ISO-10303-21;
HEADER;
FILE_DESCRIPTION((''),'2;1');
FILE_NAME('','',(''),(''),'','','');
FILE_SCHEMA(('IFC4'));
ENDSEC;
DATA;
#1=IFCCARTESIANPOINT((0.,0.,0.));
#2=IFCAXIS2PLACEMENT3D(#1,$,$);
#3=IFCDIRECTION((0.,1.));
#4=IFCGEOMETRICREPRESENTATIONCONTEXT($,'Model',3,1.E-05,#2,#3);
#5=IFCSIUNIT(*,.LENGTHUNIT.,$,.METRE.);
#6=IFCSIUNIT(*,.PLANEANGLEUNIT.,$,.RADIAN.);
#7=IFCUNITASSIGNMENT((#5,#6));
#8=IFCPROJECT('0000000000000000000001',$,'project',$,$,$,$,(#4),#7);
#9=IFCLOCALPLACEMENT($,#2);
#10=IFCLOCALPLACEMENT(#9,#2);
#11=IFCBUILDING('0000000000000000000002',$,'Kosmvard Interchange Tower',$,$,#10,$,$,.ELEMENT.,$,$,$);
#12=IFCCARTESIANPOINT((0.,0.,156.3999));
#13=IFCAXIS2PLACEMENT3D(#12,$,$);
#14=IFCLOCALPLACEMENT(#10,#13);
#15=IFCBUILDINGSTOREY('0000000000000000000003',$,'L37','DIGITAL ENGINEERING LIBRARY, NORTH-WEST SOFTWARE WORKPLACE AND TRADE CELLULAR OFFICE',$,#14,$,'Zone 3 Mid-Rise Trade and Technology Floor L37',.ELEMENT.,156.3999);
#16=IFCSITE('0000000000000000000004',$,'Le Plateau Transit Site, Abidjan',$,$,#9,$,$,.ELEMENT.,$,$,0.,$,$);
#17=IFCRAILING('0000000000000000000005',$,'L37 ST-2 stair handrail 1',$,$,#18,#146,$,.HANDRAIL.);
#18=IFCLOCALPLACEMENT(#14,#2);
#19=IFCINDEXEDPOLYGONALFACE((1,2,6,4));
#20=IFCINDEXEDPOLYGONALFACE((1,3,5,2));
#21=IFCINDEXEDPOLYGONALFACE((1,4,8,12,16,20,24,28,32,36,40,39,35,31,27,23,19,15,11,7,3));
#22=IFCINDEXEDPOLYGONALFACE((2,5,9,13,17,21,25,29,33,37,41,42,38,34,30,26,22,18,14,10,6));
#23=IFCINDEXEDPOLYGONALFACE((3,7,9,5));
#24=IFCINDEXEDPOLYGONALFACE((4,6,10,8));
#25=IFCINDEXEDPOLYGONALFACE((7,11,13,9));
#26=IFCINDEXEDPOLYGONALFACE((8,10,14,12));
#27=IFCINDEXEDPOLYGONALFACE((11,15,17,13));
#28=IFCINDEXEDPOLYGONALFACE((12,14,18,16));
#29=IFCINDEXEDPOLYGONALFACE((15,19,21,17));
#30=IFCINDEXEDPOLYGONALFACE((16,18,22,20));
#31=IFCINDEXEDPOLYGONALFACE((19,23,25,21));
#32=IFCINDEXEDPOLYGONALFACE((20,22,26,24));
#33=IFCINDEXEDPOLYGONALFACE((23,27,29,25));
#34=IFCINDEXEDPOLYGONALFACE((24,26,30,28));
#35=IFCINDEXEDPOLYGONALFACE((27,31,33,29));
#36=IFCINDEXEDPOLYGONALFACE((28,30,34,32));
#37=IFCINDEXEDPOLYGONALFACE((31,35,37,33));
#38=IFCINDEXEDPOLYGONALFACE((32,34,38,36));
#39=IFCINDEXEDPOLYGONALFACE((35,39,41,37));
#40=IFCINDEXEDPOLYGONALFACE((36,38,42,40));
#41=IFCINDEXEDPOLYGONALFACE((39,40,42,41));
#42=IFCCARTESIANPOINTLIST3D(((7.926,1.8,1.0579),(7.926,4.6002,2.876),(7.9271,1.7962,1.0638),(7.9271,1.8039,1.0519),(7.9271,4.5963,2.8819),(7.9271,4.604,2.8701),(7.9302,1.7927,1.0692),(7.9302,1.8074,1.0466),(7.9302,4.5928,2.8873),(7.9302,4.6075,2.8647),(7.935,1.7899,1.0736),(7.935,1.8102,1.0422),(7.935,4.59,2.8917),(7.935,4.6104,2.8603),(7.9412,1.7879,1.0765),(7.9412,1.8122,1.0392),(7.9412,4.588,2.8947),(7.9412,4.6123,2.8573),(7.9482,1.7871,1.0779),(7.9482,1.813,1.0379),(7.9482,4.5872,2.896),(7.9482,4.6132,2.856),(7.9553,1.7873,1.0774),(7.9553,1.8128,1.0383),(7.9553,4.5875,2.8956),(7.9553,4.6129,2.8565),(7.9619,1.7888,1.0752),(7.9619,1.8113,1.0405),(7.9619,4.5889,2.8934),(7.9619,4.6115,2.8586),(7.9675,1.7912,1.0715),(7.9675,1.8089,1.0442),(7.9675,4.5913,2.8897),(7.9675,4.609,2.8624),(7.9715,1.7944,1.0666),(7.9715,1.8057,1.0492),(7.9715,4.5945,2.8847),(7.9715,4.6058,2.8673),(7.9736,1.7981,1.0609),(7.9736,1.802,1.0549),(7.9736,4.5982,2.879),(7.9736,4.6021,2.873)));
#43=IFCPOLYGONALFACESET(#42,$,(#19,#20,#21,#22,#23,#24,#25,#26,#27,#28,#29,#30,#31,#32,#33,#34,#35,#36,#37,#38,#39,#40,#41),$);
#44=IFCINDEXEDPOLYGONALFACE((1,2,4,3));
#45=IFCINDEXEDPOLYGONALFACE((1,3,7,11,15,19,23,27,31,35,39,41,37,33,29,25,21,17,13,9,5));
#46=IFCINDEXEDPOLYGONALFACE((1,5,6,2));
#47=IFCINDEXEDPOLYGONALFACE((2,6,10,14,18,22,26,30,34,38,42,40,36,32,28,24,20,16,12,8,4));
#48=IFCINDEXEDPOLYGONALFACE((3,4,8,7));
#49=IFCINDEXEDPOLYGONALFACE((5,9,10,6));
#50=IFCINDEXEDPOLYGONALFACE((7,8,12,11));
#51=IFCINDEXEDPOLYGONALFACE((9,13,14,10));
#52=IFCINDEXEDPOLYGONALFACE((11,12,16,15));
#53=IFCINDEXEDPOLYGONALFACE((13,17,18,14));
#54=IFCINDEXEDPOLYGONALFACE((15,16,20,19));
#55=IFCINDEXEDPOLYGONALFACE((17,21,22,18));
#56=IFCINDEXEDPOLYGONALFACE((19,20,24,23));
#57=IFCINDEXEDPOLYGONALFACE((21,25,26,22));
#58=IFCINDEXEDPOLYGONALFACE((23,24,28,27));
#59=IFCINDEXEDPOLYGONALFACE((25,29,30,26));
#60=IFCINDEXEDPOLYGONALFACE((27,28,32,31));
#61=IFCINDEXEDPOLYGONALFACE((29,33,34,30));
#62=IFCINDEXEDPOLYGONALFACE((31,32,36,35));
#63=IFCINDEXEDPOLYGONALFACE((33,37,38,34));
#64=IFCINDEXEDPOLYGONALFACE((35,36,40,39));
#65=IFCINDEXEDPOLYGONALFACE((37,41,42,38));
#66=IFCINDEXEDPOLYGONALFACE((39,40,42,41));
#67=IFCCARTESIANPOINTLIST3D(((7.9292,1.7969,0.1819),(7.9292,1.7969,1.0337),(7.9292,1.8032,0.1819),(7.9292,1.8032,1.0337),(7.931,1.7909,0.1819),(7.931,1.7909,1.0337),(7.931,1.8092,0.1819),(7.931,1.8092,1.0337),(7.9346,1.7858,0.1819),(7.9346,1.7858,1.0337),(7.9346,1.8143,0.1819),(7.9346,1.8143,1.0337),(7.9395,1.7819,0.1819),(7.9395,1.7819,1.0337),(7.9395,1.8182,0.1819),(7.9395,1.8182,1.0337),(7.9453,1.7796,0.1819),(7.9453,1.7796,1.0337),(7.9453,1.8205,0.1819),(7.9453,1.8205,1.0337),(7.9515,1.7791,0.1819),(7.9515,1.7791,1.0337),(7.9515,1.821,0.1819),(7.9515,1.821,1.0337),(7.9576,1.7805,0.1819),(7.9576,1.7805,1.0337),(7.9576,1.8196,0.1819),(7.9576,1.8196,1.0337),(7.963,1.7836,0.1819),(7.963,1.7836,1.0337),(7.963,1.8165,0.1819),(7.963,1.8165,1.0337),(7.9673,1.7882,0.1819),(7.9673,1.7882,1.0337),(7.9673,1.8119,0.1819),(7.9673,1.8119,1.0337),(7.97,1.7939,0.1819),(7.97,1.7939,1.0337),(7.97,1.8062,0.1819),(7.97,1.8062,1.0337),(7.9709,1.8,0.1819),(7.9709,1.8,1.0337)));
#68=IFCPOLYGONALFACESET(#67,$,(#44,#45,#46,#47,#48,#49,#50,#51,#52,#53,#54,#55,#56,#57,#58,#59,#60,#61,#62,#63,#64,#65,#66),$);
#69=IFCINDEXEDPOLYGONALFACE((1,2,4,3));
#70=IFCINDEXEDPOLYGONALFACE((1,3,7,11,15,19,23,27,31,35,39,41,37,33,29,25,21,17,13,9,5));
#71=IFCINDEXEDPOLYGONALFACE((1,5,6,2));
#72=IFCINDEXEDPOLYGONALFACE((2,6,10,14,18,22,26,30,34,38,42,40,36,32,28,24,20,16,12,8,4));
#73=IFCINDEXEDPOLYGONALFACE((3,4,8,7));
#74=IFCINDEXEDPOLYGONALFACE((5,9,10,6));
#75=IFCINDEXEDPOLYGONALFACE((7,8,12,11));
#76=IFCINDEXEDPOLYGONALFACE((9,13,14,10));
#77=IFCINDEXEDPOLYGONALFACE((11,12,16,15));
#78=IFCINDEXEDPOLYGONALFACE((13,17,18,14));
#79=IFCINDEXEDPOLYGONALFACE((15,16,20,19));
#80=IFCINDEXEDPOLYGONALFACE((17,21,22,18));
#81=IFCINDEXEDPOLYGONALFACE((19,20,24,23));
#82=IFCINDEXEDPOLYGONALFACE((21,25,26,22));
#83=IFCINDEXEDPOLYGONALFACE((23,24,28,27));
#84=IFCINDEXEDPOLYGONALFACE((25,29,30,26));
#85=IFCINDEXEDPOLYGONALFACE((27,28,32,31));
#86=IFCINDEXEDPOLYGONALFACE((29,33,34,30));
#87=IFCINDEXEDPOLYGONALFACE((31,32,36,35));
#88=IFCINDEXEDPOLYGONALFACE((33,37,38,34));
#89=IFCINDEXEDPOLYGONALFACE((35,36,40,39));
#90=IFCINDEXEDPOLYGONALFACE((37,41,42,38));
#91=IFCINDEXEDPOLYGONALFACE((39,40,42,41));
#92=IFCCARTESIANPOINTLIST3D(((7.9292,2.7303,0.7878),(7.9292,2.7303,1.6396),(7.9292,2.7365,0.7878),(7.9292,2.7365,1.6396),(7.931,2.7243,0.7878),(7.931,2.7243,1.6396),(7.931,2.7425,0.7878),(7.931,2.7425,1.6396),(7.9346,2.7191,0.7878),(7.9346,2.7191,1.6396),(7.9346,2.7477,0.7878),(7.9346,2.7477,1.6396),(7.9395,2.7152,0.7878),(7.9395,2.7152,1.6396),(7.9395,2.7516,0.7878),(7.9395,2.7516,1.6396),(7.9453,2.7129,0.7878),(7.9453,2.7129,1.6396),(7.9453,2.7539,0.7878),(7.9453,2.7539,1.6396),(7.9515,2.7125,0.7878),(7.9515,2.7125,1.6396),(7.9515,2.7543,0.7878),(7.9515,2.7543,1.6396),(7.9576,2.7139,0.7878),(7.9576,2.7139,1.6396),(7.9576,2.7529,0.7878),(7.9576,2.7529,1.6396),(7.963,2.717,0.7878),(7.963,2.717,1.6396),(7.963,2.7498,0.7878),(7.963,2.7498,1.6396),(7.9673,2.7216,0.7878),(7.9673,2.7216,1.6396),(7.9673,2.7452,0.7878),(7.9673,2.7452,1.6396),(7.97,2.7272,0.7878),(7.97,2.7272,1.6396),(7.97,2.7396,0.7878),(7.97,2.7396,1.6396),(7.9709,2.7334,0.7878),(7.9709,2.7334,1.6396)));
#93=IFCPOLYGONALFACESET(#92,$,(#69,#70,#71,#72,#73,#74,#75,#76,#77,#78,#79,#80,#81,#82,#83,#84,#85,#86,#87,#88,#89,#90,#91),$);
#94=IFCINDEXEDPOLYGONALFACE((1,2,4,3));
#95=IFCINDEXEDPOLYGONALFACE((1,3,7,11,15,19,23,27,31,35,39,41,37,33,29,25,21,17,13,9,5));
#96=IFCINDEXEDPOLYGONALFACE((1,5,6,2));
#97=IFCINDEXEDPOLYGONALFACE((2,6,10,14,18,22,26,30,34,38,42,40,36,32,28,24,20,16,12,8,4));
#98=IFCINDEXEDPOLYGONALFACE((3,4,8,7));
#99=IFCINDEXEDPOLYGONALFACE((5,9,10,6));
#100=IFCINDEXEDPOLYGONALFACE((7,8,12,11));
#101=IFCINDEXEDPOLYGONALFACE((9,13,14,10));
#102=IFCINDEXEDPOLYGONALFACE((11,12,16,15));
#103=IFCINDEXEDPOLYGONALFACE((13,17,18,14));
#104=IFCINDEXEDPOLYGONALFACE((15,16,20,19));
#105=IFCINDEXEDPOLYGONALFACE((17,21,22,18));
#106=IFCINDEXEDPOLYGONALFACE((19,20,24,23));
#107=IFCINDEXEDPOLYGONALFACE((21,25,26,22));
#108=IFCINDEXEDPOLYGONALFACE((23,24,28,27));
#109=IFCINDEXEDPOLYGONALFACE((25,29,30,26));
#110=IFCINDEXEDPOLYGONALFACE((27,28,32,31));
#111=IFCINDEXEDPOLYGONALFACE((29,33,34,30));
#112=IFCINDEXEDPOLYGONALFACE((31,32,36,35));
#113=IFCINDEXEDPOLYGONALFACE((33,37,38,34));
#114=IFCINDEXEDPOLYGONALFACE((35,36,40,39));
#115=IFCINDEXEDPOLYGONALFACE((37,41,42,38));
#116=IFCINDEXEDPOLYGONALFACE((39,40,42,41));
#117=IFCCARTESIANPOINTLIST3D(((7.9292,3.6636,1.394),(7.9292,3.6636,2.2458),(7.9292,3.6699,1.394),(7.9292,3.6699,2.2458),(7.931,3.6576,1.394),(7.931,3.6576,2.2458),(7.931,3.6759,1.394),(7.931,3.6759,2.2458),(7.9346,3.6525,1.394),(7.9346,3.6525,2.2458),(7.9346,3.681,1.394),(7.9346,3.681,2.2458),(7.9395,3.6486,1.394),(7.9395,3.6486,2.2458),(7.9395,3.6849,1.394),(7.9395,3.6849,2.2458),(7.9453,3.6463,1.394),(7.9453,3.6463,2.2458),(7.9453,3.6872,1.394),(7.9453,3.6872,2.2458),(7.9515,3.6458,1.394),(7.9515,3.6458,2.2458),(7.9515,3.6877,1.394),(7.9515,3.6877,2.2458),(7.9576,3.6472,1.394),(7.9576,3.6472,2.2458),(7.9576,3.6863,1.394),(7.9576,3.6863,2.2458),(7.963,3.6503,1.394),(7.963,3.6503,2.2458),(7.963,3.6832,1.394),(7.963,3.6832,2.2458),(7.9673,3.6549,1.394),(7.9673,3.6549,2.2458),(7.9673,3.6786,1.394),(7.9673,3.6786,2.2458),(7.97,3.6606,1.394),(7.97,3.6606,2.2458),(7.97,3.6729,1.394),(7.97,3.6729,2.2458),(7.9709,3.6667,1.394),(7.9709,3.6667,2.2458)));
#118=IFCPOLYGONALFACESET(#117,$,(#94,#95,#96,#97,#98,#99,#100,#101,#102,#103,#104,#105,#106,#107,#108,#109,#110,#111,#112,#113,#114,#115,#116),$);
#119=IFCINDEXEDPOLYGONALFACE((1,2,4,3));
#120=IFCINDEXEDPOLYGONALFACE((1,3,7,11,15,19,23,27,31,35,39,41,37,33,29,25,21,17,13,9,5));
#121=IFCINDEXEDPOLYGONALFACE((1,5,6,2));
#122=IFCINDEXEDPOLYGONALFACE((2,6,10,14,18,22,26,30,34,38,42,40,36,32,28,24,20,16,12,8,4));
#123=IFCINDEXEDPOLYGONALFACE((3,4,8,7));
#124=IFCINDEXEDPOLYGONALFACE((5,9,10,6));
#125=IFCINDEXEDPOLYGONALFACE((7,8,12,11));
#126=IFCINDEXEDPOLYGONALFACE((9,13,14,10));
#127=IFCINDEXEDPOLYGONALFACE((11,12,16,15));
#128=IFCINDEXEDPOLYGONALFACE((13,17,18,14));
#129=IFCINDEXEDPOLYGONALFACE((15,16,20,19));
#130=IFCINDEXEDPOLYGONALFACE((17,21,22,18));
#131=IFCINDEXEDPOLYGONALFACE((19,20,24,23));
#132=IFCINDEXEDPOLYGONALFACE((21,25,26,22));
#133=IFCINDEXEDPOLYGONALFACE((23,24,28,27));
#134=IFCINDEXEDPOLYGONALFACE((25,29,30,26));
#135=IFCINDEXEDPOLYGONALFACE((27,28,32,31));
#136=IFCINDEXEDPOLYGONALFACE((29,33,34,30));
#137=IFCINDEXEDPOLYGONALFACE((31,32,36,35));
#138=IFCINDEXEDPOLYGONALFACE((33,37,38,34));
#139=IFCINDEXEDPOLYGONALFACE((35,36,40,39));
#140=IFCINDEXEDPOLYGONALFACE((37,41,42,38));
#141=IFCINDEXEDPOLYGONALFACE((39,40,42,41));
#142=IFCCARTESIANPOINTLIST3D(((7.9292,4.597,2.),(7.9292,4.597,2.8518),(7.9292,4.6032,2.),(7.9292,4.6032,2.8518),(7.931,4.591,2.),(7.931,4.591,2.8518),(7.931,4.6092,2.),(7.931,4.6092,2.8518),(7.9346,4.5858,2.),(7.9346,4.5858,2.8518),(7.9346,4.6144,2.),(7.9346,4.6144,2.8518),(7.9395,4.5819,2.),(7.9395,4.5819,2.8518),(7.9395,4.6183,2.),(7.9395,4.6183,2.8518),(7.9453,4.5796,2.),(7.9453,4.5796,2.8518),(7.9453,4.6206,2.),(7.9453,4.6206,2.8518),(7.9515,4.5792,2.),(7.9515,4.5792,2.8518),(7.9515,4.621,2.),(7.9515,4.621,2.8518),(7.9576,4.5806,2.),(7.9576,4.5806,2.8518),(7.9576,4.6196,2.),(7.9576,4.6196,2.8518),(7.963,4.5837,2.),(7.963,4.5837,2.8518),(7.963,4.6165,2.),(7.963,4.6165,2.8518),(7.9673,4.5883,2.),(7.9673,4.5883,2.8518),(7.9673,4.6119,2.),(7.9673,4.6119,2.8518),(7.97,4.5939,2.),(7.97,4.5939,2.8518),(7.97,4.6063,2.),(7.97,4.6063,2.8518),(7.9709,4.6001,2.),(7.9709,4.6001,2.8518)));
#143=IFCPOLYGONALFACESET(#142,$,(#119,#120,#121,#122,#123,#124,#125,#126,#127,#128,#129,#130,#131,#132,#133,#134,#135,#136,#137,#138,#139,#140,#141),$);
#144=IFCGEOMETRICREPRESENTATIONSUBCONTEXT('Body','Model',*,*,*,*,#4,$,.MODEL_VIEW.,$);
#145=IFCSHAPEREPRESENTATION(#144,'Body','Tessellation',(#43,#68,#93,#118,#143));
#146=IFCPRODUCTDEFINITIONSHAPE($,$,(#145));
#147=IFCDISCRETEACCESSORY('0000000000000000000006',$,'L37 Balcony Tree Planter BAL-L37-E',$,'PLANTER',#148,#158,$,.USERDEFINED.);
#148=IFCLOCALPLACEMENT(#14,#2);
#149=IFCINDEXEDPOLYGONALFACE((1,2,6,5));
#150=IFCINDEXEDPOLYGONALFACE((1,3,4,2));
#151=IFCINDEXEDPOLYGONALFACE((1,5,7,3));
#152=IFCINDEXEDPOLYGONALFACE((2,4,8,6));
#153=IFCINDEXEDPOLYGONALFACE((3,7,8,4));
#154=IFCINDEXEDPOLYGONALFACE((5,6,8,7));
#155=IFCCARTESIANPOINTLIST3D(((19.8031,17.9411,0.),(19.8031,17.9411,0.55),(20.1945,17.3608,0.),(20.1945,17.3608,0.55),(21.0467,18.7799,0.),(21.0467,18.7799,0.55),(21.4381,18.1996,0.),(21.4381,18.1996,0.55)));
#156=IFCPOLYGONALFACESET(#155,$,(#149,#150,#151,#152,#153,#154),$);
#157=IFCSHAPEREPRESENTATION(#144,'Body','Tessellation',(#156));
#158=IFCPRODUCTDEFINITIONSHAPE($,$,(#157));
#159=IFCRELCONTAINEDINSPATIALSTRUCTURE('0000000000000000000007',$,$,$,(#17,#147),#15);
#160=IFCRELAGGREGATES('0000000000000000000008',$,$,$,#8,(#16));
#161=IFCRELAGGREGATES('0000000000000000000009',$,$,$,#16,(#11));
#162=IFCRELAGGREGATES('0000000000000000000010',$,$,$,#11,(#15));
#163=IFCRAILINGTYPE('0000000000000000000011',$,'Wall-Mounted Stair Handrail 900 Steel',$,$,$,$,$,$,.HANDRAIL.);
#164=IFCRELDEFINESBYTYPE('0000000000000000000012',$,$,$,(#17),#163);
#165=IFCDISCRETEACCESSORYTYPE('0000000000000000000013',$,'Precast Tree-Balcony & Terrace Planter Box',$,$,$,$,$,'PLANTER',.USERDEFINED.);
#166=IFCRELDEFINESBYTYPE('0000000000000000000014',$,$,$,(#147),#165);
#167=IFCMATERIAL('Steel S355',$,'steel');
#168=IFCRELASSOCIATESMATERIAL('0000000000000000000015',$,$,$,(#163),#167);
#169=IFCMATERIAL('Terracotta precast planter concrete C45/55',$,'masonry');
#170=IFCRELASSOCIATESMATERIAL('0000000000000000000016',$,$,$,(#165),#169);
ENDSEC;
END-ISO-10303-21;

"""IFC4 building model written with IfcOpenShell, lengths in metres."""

from ifc_helpers import new_model, si_unit, direction, frame, origin, origin_2d, place, context, subcontext, project, spatial, rectangle, circle, extrude, source, transform, mapped, material, type_object, element, save


model = new_model("IFC4")

# Units and contexts
model_context = context("Model", 3, precision=1e-05, world=origin(), true_north=direction((0.0, 1.0)))
body_context = subcontext(model_context, "Body", "Model", "MODEL_VIEW")
ifc_project = project(units=[si_unit("LENGTHUNIT", "METRE"), si_unit("PLANEANGLEUNIT", "RADIAN")], contexts=[model_context])

# Site, building, storey
site_placement = place(None, origin())
site = spatial("IfcSite", under=ifc_project, at=site_placement, Name="Le Plateau Transit Site, Abidjan", CompositionType="ELEMENT", RefElevation=0.0)
building_placement = place(site_placement, origin())
building = spatial("IfcBuilding", under=site, at=building_placement, Name="Kosmvard Interchange Tower", CompositionType="ELEMENT")
storey_placement = place(building_placement, frame((0.0, 0.0, 156.3999)))
storey = spatial("IfcBuildingStorey", under=building, at=storey_placement, Name="L37", Description="DIGITAL ENGINEERING LIBRARY, NORTH-WEST SOFTWARE WORKPLACE AND TRADE CELLULAR OFFICE", LongName="Zone 3 Mid-Rise Trade and Technology Floor L37", CompositionType="ELEMENT", Elevation=156.3999)

# Shared definitions
ifc_material_1 = material(Name="Steel S355", Category="steel")

# Railing
railing_type_1 = type_object("IfcRailingType", Name="Wall-Mounted Stair Handrail 900 Steel", PredefinedType="HANDRAIL", material=ifc_material_1)
shared_shape_1 = source(origin(), body_context, "Body", "SweptSolid", [
    extrude(circle(Radius=0.0239, at=origin_2d()), frame((0.0, 0.0, 0.876), z_axis=(0.0, 0.838706, 0.544585), x_axis=(-1.0, 0.0, 0.0)), (0.0, 0.0, 1.0), 3.3386),
    extrude(circle(Radius=0.021, at=origin_2d()), origin(), (0.0, 0.0, 1.0), 0.8518),
    extrude(circle(Radius=0.021, at=origin_2d()), frame((0.0, 0.9333, 0.606)), (0.0, 0.0, 1.0), 0.8518),
    extrude(circle(Radius=0.021, at=origin_2d()), frame((0.0, 1.8667, 1.2122)), (0.0, 0.0, 1.0), 0.8518),
    extrude(circle(Radius=0.021, at=origin_2d()), frame((0.0, 2.8, 1.8181)), (0.0, 0.0, 1.0), 0.8518),
])
railing_1_placement = place(storey_placement, frame((7.95, 1.8, 0.1819)))
element("IfcRailing", 1, at=railing_1_placement, inside=storey, type_object=railing_type_1, Name="L37 ST-2 stair handrail 1", PredefinedType="HANDRAIL", context=body_context, shape_type="MappedRepresentation", body=[
    mapped(shared_shape_1, transform((0.0, 0.0, 0.0), scale=1.0)),
])

# Discrete accessory
ifc_material_2 = material(Name="Terracotta precast planter concrete C45/55", Category="masonry")
discrete_accessory_type = type_object("IfcDiscreteAccessoryType", Name="Precast Tree-Balcony & Terrace Planter Box", ElementType="PLANTER", PredefinedType="USERDEFINED", material=ifc_material_2)
shared_shape_2 = source(origin(), body_context, "Body", "SweptSolid", [
    extrude(rectangle(XDim=1.5, YDim=0.7, at=origin_2d()), origin(), (0.0, 0.0, 1.0), 0.55),
])
discrete_accessory_placement = place(storey_placement, frame((20.6206, 18.0703, 0.0), z_axis=(0.0, 0.0, 1.0), x_axis=(0.829038, 0.559193, 0.0)))
element("IfcDiscreteAccessory", 2, at=discrete_accessory_placement, inside=storey, type_object=discrete_accessory_type, Name="L37 Balcony Tree Planter BAL-L37-E", ObjectType="PLANTER", PredefinedType="USERDEFINED", context=body_context, shape_type="MappedRepresentation", body=[
    mapped(shared_shape_2, transform((0.0, 0.0, 0.0), scale=1.0)),
])

save(model, "model.ifc")
